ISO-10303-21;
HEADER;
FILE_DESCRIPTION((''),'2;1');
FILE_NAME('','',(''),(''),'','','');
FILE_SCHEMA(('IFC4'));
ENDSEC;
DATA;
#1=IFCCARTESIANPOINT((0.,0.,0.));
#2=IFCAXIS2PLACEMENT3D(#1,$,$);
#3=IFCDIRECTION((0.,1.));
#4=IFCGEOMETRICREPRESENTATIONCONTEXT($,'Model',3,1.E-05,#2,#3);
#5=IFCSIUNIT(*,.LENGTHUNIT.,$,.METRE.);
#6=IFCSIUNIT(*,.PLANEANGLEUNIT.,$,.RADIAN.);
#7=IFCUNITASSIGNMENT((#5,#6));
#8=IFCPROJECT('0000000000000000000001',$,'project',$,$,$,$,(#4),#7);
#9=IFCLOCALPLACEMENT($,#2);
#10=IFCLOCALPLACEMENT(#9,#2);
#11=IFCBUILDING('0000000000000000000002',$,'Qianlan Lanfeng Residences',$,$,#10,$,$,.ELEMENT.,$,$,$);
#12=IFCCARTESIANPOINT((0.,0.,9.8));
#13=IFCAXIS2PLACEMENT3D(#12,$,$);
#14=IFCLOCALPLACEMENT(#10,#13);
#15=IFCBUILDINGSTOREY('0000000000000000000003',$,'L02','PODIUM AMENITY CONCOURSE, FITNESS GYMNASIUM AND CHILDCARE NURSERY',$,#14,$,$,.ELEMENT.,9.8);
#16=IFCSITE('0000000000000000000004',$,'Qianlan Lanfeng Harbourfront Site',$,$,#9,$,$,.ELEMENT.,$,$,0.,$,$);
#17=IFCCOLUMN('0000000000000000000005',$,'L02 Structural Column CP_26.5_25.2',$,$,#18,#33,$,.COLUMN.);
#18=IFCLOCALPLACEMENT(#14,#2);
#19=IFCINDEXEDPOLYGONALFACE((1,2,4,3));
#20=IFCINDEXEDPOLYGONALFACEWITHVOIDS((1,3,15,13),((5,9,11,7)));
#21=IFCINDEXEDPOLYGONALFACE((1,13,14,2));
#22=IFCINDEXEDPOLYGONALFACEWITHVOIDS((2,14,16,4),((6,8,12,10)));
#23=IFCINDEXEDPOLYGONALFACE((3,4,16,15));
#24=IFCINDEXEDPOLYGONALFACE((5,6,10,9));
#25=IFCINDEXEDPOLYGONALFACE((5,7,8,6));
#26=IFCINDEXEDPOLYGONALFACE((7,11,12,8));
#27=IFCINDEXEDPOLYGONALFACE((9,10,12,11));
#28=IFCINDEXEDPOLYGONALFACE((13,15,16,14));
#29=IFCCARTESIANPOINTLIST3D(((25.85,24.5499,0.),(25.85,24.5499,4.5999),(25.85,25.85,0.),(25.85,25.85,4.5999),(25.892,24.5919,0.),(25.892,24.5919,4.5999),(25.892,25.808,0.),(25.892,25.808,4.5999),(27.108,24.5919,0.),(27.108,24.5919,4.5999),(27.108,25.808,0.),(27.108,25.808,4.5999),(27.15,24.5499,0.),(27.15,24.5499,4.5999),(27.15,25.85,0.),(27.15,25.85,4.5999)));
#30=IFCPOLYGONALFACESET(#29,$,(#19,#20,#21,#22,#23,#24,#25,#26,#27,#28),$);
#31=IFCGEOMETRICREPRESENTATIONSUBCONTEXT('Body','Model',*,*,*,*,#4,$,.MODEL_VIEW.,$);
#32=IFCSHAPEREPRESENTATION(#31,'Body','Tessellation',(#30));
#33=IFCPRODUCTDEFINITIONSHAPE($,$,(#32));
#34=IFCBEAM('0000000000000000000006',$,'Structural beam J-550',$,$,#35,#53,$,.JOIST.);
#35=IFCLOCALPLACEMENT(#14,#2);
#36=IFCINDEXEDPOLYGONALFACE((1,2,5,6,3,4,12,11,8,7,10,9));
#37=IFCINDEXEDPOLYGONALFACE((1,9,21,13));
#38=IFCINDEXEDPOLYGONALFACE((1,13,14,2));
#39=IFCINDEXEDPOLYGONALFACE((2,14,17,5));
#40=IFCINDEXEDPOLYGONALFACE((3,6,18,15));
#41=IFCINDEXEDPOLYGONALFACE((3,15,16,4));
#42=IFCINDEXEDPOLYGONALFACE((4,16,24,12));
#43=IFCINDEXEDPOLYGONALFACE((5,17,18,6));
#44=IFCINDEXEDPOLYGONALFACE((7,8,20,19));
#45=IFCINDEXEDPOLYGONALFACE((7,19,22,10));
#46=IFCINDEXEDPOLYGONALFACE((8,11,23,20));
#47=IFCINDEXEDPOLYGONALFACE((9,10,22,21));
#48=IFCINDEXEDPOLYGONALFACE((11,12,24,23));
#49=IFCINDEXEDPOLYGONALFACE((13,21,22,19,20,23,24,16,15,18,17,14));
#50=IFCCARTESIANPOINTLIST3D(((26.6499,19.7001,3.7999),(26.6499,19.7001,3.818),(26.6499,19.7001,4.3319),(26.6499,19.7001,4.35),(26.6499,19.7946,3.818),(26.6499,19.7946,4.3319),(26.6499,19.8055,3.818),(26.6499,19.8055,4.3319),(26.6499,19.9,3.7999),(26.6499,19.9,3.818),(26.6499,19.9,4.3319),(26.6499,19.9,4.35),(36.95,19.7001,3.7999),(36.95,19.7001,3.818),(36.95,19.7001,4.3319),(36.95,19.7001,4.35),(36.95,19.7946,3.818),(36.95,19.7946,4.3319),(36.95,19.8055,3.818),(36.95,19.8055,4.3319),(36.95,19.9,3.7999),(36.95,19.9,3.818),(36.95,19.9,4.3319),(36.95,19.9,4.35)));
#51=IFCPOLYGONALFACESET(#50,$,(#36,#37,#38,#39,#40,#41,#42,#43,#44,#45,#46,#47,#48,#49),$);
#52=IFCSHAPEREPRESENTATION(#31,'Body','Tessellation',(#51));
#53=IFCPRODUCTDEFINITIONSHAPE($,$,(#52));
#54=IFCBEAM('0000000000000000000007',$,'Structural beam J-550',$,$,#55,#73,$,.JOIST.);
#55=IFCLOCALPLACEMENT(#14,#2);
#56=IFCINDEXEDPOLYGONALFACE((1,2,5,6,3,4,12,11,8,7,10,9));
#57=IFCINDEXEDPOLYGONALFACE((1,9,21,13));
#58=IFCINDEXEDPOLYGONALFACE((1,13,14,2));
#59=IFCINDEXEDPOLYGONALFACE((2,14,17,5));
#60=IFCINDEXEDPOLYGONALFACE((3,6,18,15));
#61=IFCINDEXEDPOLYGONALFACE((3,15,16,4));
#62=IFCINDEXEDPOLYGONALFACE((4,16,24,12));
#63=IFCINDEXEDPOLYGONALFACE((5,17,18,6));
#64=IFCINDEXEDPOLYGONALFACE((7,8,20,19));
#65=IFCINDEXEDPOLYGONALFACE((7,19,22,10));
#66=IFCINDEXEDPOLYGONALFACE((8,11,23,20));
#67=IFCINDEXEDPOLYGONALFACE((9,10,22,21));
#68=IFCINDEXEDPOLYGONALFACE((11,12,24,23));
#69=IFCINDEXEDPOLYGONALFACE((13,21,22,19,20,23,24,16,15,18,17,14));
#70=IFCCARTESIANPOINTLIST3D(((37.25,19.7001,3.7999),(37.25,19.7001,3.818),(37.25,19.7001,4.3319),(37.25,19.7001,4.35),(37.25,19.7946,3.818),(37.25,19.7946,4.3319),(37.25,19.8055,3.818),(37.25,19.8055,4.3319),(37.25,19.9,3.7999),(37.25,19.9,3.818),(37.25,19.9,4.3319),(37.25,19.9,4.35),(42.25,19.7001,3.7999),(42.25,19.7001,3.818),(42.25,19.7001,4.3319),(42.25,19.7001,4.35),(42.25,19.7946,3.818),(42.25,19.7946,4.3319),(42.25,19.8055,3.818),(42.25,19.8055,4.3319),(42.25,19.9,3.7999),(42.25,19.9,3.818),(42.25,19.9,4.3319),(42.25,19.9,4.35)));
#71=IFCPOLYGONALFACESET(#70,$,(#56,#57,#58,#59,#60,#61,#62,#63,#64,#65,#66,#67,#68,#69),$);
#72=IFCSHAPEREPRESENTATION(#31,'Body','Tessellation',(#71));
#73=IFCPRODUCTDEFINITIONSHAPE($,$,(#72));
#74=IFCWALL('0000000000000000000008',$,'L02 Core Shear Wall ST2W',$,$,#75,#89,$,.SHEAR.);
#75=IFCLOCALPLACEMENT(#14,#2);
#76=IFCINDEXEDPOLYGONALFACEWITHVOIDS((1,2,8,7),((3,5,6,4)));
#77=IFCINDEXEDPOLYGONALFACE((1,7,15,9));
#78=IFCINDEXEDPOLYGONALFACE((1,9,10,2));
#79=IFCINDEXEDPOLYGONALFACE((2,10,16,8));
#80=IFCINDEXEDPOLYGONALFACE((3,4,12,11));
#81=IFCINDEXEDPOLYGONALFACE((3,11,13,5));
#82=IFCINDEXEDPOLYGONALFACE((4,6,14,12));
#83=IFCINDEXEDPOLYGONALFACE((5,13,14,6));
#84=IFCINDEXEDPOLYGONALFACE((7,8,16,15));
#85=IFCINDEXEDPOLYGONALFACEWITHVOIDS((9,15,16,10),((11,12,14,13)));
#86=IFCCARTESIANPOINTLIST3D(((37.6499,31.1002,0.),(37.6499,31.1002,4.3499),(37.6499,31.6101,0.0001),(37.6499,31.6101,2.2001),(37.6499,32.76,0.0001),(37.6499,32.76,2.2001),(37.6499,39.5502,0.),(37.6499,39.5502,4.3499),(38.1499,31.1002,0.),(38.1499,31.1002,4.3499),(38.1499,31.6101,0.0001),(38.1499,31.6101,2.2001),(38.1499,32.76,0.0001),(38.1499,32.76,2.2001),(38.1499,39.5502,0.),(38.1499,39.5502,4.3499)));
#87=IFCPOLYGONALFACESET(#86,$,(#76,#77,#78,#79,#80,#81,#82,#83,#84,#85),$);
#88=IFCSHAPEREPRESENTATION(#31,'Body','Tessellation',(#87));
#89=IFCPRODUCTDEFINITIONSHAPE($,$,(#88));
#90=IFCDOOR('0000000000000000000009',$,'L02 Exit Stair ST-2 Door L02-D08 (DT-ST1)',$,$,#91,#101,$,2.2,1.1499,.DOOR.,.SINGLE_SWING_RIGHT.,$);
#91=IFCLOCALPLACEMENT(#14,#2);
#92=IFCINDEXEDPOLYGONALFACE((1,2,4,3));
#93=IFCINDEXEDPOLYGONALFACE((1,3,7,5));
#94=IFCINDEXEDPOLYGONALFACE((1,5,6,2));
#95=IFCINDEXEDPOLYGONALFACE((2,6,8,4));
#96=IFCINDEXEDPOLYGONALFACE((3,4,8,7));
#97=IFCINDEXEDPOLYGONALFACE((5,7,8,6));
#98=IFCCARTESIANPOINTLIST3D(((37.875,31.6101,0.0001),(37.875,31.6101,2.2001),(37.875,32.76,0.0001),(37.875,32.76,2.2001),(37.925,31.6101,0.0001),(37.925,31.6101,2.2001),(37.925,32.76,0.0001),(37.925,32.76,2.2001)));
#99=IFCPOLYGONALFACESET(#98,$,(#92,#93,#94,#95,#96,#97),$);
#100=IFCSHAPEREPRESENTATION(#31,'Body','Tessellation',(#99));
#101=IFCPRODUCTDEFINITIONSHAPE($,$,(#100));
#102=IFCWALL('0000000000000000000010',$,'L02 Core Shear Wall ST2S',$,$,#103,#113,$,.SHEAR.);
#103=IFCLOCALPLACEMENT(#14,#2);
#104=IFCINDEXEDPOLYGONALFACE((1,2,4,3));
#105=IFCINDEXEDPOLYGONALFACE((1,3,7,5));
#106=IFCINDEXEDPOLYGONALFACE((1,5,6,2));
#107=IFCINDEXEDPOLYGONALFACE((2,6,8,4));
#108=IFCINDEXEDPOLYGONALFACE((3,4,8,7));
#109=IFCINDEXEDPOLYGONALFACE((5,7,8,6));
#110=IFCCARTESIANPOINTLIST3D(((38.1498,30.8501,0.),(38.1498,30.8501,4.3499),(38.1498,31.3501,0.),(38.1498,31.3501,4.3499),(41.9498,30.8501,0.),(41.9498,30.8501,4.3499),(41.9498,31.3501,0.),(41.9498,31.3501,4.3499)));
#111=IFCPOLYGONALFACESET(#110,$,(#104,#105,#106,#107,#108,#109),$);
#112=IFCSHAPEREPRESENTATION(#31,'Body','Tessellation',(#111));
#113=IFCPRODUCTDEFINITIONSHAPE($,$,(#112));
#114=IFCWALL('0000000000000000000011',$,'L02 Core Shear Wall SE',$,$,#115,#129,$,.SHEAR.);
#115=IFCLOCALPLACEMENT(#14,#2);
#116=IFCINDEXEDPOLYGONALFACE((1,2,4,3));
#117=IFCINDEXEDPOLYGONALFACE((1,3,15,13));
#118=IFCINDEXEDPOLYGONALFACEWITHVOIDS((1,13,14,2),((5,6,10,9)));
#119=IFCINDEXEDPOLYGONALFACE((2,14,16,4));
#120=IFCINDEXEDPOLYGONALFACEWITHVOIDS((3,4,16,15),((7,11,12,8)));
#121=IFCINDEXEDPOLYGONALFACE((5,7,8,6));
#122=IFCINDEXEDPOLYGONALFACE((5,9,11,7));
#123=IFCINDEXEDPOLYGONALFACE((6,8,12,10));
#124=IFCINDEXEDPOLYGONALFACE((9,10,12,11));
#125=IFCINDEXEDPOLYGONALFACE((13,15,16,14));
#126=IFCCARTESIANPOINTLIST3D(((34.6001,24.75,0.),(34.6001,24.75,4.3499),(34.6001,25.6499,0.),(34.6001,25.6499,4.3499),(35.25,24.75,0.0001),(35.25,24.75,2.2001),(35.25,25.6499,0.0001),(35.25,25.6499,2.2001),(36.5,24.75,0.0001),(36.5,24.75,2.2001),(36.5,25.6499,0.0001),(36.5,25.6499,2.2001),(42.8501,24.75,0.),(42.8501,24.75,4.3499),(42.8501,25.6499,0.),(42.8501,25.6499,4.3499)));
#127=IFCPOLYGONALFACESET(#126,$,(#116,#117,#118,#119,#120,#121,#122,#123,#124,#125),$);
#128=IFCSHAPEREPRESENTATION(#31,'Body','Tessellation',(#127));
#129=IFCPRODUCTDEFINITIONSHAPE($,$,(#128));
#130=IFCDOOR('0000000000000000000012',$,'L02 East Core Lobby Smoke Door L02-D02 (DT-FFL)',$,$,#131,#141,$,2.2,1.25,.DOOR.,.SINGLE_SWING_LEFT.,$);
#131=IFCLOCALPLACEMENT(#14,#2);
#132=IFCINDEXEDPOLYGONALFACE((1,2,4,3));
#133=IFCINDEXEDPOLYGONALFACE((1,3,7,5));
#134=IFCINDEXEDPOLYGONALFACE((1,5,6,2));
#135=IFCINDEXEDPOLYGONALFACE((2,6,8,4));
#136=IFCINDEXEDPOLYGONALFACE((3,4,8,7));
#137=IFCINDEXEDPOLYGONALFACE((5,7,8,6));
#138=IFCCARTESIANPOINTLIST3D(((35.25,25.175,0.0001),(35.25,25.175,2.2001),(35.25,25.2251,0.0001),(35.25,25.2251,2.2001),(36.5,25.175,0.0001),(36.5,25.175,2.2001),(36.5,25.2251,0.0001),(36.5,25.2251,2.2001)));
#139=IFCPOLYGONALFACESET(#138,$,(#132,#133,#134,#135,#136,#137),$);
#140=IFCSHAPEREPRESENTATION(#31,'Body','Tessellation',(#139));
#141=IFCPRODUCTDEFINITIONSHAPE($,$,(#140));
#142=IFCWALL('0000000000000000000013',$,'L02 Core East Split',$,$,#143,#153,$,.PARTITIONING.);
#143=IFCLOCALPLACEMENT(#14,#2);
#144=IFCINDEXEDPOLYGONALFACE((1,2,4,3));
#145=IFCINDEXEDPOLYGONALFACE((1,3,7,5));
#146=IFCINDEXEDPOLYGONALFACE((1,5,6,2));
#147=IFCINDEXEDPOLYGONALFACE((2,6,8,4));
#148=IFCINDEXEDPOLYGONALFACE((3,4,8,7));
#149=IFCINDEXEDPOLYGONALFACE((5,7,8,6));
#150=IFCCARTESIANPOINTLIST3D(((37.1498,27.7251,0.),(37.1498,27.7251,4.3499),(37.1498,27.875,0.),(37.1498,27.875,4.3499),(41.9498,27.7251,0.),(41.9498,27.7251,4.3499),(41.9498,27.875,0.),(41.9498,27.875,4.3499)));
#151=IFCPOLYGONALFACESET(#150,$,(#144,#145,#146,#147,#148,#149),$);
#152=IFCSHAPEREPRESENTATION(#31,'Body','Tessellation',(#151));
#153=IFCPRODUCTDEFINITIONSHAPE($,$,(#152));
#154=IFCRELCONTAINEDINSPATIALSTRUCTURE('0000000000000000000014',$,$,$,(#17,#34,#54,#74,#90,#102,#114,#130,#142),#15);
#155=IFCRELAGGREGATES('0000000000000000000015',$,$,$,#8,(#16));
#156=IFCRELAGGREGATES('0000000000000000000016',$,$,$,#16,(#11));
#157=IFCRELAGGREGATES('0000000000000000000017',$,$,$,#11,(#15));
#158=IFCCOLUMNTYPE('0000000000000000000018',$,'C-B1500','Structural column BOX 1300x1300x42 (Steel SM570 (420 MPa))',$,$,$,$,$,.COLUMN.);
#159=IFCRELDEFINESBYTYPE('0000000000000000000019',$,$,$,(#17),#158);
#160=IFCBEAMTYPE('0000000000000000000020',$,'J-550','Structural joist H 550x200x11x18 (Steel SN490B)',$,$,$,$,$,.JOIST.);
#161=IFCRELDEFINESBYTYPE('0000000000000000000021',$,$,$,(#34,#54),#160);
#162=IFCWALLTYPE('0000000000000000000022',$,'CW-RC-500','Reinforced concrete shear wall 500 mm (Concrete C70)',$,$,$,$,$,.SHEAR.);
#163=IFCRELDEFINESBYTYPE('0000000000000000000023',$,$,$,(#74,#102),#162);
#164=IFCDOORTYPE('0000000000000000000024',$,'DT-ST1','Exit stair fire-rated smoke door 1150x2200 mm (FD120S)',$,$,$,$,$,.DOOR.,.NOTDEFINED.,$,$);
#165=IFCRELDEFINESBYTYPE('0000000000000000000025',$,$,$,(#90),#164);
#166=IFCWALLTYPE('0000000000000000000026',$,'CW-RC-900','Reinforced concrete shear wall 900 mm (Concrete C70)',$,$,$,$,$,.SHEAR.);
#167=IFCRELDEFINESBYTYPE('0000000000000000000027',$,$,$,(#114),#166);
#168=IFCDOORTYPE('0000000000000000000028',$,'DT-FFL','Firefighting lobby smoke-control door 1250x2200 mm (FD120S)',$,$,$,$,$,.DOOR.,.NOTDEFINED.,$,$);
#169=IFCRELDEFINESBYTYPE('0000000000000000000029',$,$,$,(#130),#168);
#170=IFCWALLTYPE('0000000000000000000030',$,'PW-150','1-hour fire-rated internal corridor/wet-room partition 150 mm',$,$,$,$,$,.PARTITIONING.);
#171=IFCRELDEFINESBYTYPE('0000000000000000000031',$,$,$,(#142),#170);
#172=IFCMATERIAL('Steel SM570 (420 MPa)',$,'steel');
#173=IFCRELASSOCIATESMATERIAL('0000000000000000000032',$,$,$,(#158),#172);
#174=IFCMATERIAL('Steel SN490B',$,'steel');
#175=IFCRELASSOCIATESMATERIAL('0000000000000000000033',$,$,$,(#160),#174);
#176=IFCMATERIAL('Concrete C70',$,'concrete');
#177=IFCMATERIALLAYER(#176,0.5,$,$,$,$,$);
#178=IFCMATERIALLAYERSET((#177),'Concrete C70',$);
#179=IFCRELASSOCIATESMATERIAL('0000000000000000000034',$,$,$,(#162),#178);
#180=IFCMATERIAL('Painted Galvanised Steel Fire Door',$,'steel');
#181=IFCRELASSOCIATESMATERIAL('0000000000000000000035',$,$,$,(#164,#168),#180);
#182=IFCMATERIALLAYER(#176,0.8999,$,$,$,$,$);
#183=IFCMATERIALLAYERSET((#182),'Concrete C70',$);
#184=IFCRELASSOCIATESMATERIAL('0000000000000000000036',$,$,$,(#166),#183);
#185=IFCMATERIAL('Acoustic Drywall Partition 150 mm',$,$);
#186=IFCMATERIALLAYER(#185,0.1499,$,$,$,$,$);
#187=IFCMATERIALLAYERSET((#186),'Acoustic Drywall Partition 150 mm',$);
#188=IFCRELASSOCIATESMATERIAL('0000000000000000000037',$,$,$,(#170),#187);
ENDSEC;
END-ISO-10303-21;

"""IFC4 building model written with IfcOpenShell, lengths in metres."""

from ifc_helpers import new_model, si_unit, direction, frame, frame_2d, origin, origin_2d, place, context, subcontext, project, spatial, rectangle, hollow_rectangle, i_section, extrude, material, layer, layer_set, material_profile, profile_set, type_object, element, fill, save


model = new_model("IFC4")

# Units and contexts
model_context = context("Model", 3, precision=1e-05, world=origin(), true_north=direction((0.0, 1.0)))
body_context = subcontext(model_context, "Body", "Model", "MODEL_VIEW")
ifc_project = project(units=[si_unit("LENGTHUNIT", "METRE"), si_unit("PLANEANGLEUNIT", "RADIAN")], contexts=[model_context])

# Site, building, storey
site_placement = place(None, origin())
site = spatial("IfcSite", under=ifc_project, at=site_placement, Name="Qianlan Lanfeng Harbourfront Site", CompositionType="ELEMENT", RefElevation=0.0)
building_placement = place(site_placement, origin())
building = spatial("IfcBuilding", under=site, at=building_placement, Name="Qianlan Lanfeng Residences", CompositionType="ELEMENT")
storey_placement = place(building_placement, frame((0.0, 0.0, 9.8)))
storey = spatial("IfcBuildingStorey", under=building, at=storey_placement, Name="L02", Description="PODIUM AMENITY CONCOURSE, FITNESS GYMNASIUM AND CHILDCARE NURSERY", CompositionType="ELEMENT", Elevation=9.8)

# Column
ifc_material_1 = material(Name="Steel SM570 (420 MPa)", Category="steel")
ifc_material_profile_1 = material_profile(ifc_material_1, hollow_rectangle(XDim=1.3, YDim=1.3, WallThickness=0.042, at=origin_2d()), Name="BOX 1300x1300x42")
ifc_profile_set_1 = profile_set([ifc_material_profile_1], Name="Steel SM570 (420 MPa)")
column_type = type_object("IfcColumnType", Name="C-B1500", Description="Structural column BOX 1300x1300x42 (Steel SM570 (420 MPa))", PredefinedType="COLUMN", material=ifc_profile_set_1)
column_placement = place(storey_placement, frame((26.5, 25.2, 0.0), z_axis=(0.0, 0.0, 1.0), x_axis=(1.0, 0.0, 0.0)))
element("IfcColumn", 1, at=column_placement, inside=storey, type_object=column_type, Name="L02 Structural Column CP_26.5_25.2", PredefinedType="COLUMN", context=body_context, shape_type="SweptSolid", body=[
    extrude(hollow_rectangle(XDim=1.3, YDim=1.3, WallThickness=0.042, at=origin_2d()), origin(), (0.0, 0.0, 1.0), 4.5999),
])

# Beams
ifc_material_2 = material(Name="Steel SN490B", Category="steel")
ifc_material_profile_2 = material_profile(ifc_material_2, i_section(OverallWidth=0.2, OverallDepth=0.55, WebThickness=0.011, FlangeThickness=0.0181, at=origin_2d()), Name="H 550x200x11x18")
ifc_profile_set_2 = profile_set([ifc_material_profile_2], Name="Steel SN490B")
beam_type = type_object("IfcBeamType", Name="J-550", Description="Structural joist H 550x200x11x18 (Steel SN490B)", PredefinedType="JOIST", material=ifc_profile_set_2)
beam_1_placement = place(storey_placement, frame((26.6499, 19.8, 4.075), z_axis=(1.0, 0.0, 0.0), x_axis=(0.0, 1.0, 0.0)))
element("IfcBeam", 2, at=beam_1_placement, inside=storey, type_object=beam_type, Name="Structural beam J-550", PredefinedType="JOIST", context=body_context, shape_type="SweptSolid", body=[
    extrude(i_section(OverallWidth=0.2, OverallDepth=0.55, WebThickness=0.011, FlangeThickness=0.0181, at=origin_2d()), origin(), (0.0, 0.0, 1.0), 10.3),
])
beam_2_placement = place(storey_placement, frame((37.25, 19.8, 4.075), z_axis=(1.0, 0.0, 0.0), x_axis=(0.0, 1.0, 0.0)))
element("IfcBeam", 3, at=beam_2_placement, inside=storey, type_object=beam_type, Name="Structural beam J-550", PredefinedType="JOIST", context=body_context, shape_type="SweptSolid", body=[
    extrude(i_section(OverallWidth=0.2, OverallDepth=0.55, WebThickness=0.011, FlangeThickness=0.0181, at=origin_2d()), origin(), (0.0, 0.0, 1.0), 5.0),
])

# Wall, opening, door
ifc_material_3 = material(Name="Concrete C70", Category="concrete")
ifc_layer_1 = layer(ifc_material_3, 0.5)
ifc_layer_set_1 = layer_set([ifc_layer_1], Name="Concrete C70")
wall_type_1 = type_object("IfcWallType", Name="CW-RC-500", Description="Reinforced concrete shear wall 500 mm (Concrete C70)", PredefinedType="SHEAR", material=ifc_layer_set_1)
wall_1_placement = place(storey_placement, frame((37.8999, 31.1001, 0.0), z_axis=(0.0, 0.0, 1.0), x_axis=(0.0, 1.0, 0.0)))
wall_1 = element("IfcWall", 4, at=wall_1_placement, inside=storey, type_object=wall_type_1, Name="L02 Core Shear Wall ST2W", PredefinedType="SHEAR", context=body_context, shape_type="SweptSolid", body=[
    extrude(rectangle(XDim=8.45, YDim=0.5, at=frame_2d((4.2251, 0.0))), origin(), (0.0, 0.0, 1.0), 4.3499),
])
opening_1_placement = place(wall_1_placement, frame((0.51, 0.0, 0.0)))
opening_1 = element("IfcOpeningElement", 5, at=opening_1_placement, cuts=wall_1, PredefinedType="OPENING", context=body_context, shape_type="SweptSolid", body=[
    extrude(rectangle(XDim=1.1499, YDim=2.2, at=frame_2d((0.575, 1.1001))), frame((0.0, 0.26, 0.0), z_axis=(0.0, -1.0, 0.0), x_axis=(1.0, 0.0, 0.0)), (0.0, 0.0, 1.0), 0.52),
])
ifc_material_4 = material(Name="Painted Galvanised Steel Fire Door", Category="steel")
door_type_1 = type_object("IfcDoorType", Name="DT-ST1", Description="Exit stair fire-rated smoke door 1150x2200 mm (FD120S)", OperationType="NOTDEFINED", PredefinedType="DOOR", material=ifc_material_4)
door_1_placement = place(opening_1_placement, origin())
door_1 = element("IfcDoor", 6, at=door_1_placement, inside=storey, type_object=door_type_1, Name="L02 Exit Stair ST-2 Door L02-D08 (DT-ST1)", OperationType="SINGLE_SWING_RIGHT", OverallHeight=2.2, OverallWidth=1.1499, PredefinedType="DOOR", context=body_context, shape_type="SweptSolid", body=[
    extrude(rectangle(XDim=1.1499, YDim=2.2, at=frame_2d((0.575, 1.1001))), frame((0.0, 0.0249, 0.0), z_axis=(0.0, -1.0, 0.0), x_axis=(1.0, 0.0, 0.0)), (0.0, 0.0, 1.0), 0.05),
])
fill(opening_1, door_1)

# Wall
wall_2_placement = place(storey_placement, frame((38.1499, 31.1001, 0.0), z_axis=(0.0, 0.0, 1.0), x_axis=(1.0, 0.0, 0.0)))
element("IfcWall", 7, at=wall_2_placement, inside=storey, type_object=wall_type_1, Name="L02 Core Shear Wall ST2S", PredefinedType="SHEAR", context=body_context, shape_type="SweptSolid", body=[
    extrude(rectangle(XDim=3.8, YDim=0.5, at=frame_2d((1.8999, 0.0))), origin(), (0.0, 0.0, 1.0), 4.3499),
])

# Wall, opening, door
ifc_layer_2 = layer(ifc_material_3, 0.8999)
ifc_layer_set_2 = layer_set([ifc_layer_2], Name="Concrete C70")
wall_type_2 = type_object("IfcWallType", Name="CW-RC-900", Description="Reinforced concrete shear wall 900 mm (Concrete C70)", PredefinedType="SHEAR", material=ifc_layer_set_2)
wall_3_placement = place(storey_placement, frame((34.6001, 25.2, 0.0), z_axis=(0.0, 0.0, 1.0), x_axis=(1.0, 0.0, 0.0)))
wall_3 = element("IfcWall", 8, at=wall_3_placement, inside=storey, type_object=wall_type_2, Name="L02 Core Shear Wall SE", PredefinedType="SHEAR", context=body_context, shape_type="SweptSolid", body=[
    extrude(rectangle(XDim=8.25, YDim=0.8999, at=frame_2d((4.125, 0.0))), origin(), (0.0, 0.0, 1.0), 4.3499),
])
opening_2_placement = place(wall_3_placement, frame((0.6499, 0.0, 0.0)))
opening_2 = element("IfcOpeningElement", 9, at=opening_2_placement, cuts=wall_3, PredefinedType="OPENING", context=body_context, shape_type="SweptSolid", body=[
    extrude(rectangle(XDim=1.25, YDim=2.2, at=frame_2d((0.625, 1.1001))), frame((0.0, 0.46, 0.0), z_axis=(0.0, -1.0, 0.0), x_axis=(1.0, 0.0, 0.0)), (0.0, 0.0, 1.0), 0.9199),
])
door_type_2 = type_object("IfcDoorType", Name="DT-FFL", Description="Firefighting lobby smoke-control door 1250x2200 mm (FD120S)", OperationType="NOTDEFINED", PredefinedType="DOOR", material=ifc_material_4)
door_2_placement = place(opening_2_placement, frame((1.25, 0.0, 0.0), z_axis=(0.0, 0.0, 1.0), x_axis=(-1.0, 0.0, 0.0)))
door_2 = element("IfcDoor", 10, at=door_2_placement, inside=storey, type_object=door_type_2, Name="L02 East Core Lobby Smoke Door L02-D02 (DT-FFL)", OperationType="SINGLE_SWING_LEFT", OverallHeight=2.2, OverallWidth=1.25, PredefinedType="DOOR", context=body_context, shape_type="SweptSolid", body=[
    extrude(rectangle(XDim=1.25, YDim=2.2, at=frame_2d((0.625, 1.1001))), frame((0.0, 0.0249, 0.0), z_axis=(0.0, -1.0, 0.0), x_axis=(1.0, 0.0, 0.0)), (0.0, 0.0, 1.0), 0.05),
])
fill(opening_2, door_2)

# Wall
ifc_material_5 = material(Name="Acoustic Drywall Partition 150 mm")
ifc_layer_3 = layer(ifc_material_5, 0.1499)
ifc_layer_set_3 = layer_set([ifc_layer_3], Name="Acoustic Drywall Partition 150 mm")
wall_type_3 = type_object("IfcWallType", Name="PW-150", Description="1-hour fire-rated internal corridor/wet-room partition 150 mm", PredefinedType="PARTITIONING", material=ifc_layer_set_3)
wall_4_placement = place(storey_placement, frame((37.1499, 27.8, 0.0), z_axis=(0.0, 0.0, 1.0), x_axis=(1.0, 0.0, 0.0)))
element("IfcWall", 11, at=wall_4_placement, inside=storey, type_object=wall_type_3, Name="L02 Core East Split", PredefinedType="PARTITIONING", context=body_context, shape_type="SweptSolid", body=[
    extrude(rectangle(XDim=4.8, YDim=0.1499, at=frame_2d((2.3999, 0.0))), origin(), (0.0, 0.0, 1.0), 4.3499),
])

save(model, "model.ifc")
